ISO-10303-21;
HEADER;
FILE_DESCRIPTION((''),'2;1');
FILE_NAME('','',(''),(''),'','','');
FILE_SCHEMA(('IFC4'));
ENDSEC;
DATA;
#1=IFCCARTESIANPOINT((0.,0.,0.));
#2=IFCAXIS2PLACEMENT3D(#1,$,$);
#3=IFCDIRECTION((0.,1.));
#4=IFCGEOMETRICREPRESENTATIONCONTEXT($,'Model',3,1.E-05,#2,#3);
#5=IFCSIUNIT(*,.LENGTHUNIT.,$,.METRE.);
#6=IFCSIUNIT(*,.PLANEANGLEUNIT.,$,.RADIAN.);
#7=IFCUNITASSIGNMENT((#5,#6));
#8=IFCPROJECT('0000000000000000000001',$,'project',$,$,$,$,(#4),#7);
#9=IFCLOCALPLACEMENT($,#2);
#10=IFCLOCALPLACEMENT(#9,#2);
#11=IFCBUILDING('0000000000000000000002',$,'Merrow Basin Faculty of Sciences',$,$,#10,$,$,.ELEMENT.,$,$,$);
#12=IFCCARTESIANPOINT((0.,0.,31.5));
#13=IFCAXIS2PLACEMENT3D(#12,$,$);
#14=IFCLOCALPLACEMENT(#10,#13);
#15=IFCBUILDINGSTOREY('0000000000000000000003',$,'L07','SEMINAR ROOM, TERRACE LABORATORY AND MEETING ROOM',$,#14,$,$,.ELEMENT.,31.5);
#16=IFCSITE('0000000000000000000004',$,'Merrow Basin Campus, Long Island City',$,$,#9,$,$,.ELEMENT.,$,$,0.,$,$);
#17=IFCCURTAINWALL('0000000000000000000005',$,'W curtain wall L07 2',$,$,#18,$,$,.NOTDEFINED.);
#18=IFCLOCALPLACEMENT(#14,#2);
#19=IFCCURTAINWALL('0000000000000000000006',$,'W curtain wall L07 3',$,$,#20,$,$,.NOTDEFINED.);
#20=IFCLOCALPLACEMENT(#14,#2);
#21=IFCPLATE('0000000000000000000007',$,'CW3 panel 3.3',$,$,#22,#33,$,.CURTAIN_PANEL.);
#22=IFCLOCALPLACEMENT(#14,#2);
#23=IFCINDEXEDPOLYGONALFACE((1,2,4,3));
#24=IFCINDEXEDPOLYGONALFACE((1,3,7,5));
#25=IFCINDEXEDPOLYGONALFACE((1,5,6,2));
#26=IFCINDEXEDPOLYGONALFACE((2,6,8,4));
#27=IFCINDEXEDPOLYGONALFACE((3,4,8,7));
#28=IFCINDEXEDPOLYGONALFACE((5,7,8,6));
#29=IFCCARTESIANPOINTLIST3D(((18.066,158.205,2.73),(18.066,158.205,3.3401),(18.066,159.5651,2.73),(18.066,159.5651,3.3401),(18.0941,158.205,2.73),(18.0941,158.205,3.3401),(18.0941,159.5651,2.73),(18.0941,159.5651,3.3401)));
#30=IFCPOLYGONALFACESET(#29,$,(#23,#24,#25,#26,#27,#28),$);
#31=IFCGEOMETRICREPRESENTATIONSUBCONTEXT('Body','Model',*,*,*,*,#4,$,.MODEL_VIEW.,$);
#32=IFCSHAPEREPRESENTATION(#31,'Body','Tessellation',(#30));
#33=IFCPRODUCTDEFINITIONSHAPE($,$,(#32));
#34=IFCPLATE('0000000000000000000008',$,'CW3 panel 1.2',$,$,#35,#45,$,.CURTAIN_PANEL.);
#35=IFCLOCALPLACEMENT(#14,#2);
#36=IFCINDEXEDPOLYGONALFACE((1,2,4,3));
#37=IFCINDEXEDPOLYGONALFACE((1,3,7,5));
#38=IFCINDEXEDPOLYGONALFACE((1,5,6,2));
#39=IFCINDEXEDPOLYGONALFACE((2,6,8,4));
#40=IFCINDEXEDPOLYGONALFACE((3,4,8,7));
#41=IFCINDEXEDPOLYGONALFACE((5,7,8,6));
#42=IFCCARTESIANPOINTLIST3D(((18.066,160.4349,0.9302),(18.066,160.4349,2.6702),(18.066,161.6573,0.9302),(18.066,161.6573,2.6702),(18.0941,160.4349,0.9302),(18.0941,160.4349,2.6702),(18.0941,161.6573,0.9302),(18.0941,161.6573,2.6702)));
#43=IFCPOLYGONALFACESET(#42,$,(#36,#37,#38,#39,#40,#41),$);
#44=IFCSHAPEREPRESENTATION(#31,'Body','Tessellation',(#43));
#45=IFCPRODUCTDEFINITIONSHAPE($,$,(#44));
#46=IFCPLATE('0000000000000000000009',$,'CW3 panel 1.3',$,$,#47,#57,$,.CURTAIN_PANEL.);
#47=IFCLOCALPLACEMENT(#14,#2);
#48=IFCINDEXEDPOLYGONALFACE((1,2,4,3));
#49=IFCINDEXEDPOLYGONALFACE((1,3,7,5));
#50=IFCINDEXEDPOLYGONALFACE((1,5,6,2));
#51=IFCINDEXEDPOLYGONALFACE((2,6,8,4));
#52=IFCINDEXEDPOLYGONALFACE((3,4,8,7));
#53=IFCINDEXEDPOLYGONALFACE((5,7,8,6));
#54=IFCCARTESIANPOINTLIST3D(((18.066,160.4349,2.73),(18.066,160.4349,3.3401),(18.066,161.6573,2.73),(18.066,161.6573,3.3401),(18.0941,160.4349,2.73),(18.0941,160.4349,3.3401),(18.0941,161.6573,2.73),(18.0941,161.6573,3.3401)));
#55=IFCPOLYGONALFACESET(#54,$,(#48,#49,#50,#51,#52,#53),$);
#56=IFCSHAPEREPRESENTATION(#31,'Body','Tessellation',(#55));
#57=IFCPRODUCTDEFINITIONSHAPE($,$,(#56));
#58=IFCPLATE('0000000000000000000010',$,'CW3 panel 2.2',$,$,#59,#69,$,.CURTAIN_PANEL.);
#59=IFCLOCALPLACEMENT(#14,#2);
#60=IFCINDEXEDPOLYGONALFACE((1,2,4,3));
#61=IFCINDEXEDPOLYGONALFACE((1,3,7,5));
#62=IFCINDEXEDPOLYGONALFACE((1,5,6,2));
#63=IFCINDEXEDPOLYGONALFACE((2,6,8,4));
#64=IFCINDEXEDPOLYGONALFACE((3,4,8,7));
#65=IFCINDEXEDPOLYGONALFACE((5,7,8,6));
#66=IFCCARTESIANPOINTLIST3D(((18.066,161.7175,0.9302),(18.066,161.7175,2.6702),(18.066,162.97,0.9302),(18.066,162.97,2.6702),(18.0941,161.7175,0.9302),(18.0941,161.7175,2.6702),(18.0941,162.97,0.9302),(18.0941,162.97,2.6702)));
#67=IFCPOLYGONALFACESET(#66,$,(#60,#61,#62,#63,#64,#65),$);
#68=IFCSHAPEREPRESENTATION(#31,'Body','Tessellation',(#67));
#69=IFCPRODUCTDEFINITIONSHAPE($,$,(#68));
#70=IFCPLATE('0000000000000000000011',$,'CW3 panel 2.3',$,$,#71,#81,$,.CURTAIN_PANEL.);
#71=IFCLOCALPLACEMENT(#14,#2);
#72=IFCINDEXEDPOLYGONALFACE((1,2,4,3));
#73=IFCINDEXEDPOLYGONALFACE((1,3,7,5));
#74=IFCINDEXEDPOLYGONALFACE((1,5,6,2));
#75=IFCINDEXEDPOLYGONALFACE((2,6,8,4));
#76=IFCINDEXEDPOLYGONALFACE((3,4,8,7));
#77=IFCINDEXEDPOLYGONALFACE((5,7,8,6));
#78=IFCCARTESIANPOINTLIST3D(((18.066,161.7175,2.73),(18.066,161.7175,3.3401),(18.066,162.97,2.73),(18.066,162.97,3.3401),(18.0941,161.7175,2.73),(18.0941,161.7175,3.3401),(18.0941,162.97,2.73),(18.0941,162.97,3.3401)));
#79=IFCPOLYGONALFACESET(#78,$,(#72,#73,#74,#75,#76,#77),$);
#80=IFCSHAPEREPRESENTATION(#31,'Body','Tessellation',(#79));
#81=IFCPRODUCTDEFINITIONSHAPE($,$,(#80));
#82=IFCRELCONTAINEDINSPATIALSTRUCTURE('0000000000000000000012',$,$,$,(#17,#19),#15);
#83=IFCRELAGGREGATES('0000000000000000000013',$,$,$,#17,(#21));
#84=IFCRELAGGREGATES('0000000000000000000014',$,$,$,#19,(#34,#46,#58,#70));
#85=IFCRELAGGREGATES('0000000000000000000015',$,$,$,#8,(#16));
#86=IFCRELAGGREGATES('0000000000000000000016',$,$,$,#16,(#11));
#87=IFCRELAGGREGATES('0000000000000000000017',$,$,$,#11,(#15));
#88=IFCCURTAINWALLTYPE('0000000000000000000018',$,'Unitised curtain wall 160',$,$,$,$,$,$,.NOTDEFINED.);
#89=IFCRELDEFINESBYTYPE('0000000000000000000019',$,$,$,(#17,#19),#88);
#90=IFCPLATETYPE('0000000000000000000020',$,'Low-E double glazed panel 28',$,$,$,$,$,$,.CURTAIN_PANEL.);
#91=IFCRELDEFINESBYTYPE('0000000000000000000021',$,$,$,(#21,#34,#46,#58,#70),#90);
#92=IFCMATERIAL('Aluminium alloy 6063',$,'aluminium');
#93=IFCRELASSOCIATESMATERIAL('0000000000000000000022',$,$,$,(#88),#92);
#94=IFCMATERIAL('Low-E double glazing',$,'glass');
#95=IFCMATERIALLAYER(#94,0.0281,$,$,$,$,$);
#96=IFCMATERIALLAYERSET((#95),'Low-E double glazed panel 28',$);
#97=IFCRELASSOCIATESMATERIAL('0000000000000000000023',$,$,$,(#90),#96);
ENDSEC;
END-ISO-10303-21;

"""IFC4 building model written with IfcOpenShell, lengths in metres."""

from ifc_helpers import new_model, si_unit, direction, frame, origin, origin_2d, place, context, subcontext, project, spatial, rectangle, extrude, material, layer, layer_set, type_object, element, aggregate, save


model = new_model("IFC4")

# Units and contexts
model_context = context("Model", 3, precision=1e-05, world=origin(), true_north=direction((0.0, 1.0)))
body_context = subcontext(model_context, "Body", "Model", "MODEL_VIEW")
ifc_project = project(units=[si_unit("LENGTHUNIT", "METRE"), si_unit("PLANEANGLEUNIT", "RADIAN")], contexts=[model_context])

# Site, building, storey
site_placement = place(None, origin())
site = spatial("IfcSite", under=ifc_project, at=site_placement, Name="Merrow Basin Campus, Long Island City", CompositionType="ELEMENT", RefElevation=0.0)
building_placement = place(site_placement, origin())
building = spatial("IfcBuilding", under=site, at=building_placement, Name="Merrow Basin Faculty of Sciences", CompositionType="ELEMENT")
storey_placement = place(building_placement, frame((0.0, 0.0, 31.5)))
storey = spatial("IfcBuildingStorey", under=building, at=storey_placement, Name="L07", Description="SEMINAR ROOM, TERRACE LABORATORY AND MEETING ROOM", CompositionType="ELEMENT", Elevation=31.5)

# Curtain wall
ifc_material_1 = material(Name="Aluminium alloy 6063", Category="aluminium")
curtain_wall_type = type_object("IfcCurtainWallType", Name="Unitised curtain wall 160", PredefinedType="NOTDEFINED", material=ifc_material_1)
curtain_wall_1_placement = place(storey_placement, origin())
curtain_wall_1 = element("IfcCurtainWall", 1, at=curtain_wall_1_placement, inside=storey, type_object=curtain_wall_type, Name="W curtain wall L07 2", PredefinedType="NOTDEFINED")

# Curtain wall
curtain_wall_2_placement = place(storey_placement, origin())
curtain_wall_2 = element("IfcCurtainWall", 2, at=curtain_wall_2_placement, inside=storey, type_object=curtain_wall_type, Name="W curtain wall L07 3", PredefinedType="NOTDEFINED")

# Plates
ifc_material_2 = material(Name="Low-E double glazing", Category="glass")
ifc_layer_1 = layer(ifc_material_2, 0.0281)
ifc_layer_set_1 = layer_set([ifc_layer_1], Name="Low-E double glazed panel 28")
plate_type_1 = type_object("IfcPlateType", Name="Low-E double glazed panel 28", PredefinedType="CURTAIN_PANEL", material=ifc_layer_set_1)
plate_1_placement = place(storey_placement, frame((18.0801, 158.885, 2.73), z_axis=(0.0, 0.0, 1.0), x_axis=(0.0, 1.0, 0.0)))
plate_1 = element("IfcPlate", 3, at=plate_1_placement, type_object=plate_type_1, Name="CW3 panel 3.3", PredefinedType="CURTAIN_PANEL", context=body_context, shape_type="SweptSolid", body=[
    extrude(rectangle(XDim=1.3601, YDim=0.0281, at=origin_2d()), origin(), (0.0, 0.0, 1.0), 0.6101),
])
aggregate(curtain_wall_1, [plate_1])
plate_2_placement = place(storey_placement, frame((18.0801, 161.0461, 0.9302), z_axis=(0.0, 0.0, 1.0), x_axis=(0.0, 1.0, 0.0)))
plate_2 = element("IfcPlate", 4, at=plate_2_placement, type_object=plate_type_1, Name="CW3 panel 1.2", PredefinedType="CURTAIN_PANEL", context=body_context, shape_type="SweptSolid", body=[
    extrude(rectangle(XDim=1.2224, YDim=0.0281, at=origin_2d()), origin(), (0.0, 0.0, 1.0), 1.74),
])
plate_3_placement = place(storey_placement, frame((18.0801, 161.0461, 2.73), z_axis=(0.0, 0.0, 1.0), x_axis=(0.0, 1.0, 0.0)))
plate_3 = element("IfcPlate", 5, at=plate_3_placement, type_object=plate_type_1, Name="CW3 panel 1.3", PredefinedType="CURTAIN_PANEL", context=body_context, shape_type="SweptSolid", body=[
    extrude(rectangle(XDim=1.2224, YDim=0.0281, at=origin_2d()), origin(), (0.0, 0.0, 1.0), 0.6101),
])
plate_4_placement = place(storey_placement, frame((18.0801, 162.3438, 0.9302), z_axis=(0.0, 0.0, 1.0), x_axis=(0.0, 1.0, 0.0)))
plate_4 = element("IfcPlate", 6, at=plate_4_placement, type_object=plate_type_1, Name="CW3 panel 2.2", PredefinedType="CURTAIN_PANEL", context=body_context, shape_type="SweptSolid", body=[
    extrude(rectangle(XDim=1.2524, YDim=0.0281, at=origin_2d()), origin(), (0.0, 0.0, 1.0), 1.74),
])
plate_5_placement = place(storey_placement, frame((18.0801, 162.3438, 2.73), z_axis=(0.0, 0.0, 1.0), x_axis=(0.0, 1.0, 0.0)))
plate_5 = element("IfcPlate", 7, at=plate_5_placement, type_object=plate_type_1, Name="CW3 panel 2.3", PredefinedType="CURTAIN_PANEL", context=body_context, shape_type="SweptSolid", body=[
    extrude(rectangle(XDim=1.2524, YDim=0.0281, at=origin_2d()), origin(), (0.0, 0.0, 1.0), 0.6101),
])
aggregate(curtain_wall_2, [plate_2, plate_3, plate_4, plate_5])

save(model, "model.ifc")
